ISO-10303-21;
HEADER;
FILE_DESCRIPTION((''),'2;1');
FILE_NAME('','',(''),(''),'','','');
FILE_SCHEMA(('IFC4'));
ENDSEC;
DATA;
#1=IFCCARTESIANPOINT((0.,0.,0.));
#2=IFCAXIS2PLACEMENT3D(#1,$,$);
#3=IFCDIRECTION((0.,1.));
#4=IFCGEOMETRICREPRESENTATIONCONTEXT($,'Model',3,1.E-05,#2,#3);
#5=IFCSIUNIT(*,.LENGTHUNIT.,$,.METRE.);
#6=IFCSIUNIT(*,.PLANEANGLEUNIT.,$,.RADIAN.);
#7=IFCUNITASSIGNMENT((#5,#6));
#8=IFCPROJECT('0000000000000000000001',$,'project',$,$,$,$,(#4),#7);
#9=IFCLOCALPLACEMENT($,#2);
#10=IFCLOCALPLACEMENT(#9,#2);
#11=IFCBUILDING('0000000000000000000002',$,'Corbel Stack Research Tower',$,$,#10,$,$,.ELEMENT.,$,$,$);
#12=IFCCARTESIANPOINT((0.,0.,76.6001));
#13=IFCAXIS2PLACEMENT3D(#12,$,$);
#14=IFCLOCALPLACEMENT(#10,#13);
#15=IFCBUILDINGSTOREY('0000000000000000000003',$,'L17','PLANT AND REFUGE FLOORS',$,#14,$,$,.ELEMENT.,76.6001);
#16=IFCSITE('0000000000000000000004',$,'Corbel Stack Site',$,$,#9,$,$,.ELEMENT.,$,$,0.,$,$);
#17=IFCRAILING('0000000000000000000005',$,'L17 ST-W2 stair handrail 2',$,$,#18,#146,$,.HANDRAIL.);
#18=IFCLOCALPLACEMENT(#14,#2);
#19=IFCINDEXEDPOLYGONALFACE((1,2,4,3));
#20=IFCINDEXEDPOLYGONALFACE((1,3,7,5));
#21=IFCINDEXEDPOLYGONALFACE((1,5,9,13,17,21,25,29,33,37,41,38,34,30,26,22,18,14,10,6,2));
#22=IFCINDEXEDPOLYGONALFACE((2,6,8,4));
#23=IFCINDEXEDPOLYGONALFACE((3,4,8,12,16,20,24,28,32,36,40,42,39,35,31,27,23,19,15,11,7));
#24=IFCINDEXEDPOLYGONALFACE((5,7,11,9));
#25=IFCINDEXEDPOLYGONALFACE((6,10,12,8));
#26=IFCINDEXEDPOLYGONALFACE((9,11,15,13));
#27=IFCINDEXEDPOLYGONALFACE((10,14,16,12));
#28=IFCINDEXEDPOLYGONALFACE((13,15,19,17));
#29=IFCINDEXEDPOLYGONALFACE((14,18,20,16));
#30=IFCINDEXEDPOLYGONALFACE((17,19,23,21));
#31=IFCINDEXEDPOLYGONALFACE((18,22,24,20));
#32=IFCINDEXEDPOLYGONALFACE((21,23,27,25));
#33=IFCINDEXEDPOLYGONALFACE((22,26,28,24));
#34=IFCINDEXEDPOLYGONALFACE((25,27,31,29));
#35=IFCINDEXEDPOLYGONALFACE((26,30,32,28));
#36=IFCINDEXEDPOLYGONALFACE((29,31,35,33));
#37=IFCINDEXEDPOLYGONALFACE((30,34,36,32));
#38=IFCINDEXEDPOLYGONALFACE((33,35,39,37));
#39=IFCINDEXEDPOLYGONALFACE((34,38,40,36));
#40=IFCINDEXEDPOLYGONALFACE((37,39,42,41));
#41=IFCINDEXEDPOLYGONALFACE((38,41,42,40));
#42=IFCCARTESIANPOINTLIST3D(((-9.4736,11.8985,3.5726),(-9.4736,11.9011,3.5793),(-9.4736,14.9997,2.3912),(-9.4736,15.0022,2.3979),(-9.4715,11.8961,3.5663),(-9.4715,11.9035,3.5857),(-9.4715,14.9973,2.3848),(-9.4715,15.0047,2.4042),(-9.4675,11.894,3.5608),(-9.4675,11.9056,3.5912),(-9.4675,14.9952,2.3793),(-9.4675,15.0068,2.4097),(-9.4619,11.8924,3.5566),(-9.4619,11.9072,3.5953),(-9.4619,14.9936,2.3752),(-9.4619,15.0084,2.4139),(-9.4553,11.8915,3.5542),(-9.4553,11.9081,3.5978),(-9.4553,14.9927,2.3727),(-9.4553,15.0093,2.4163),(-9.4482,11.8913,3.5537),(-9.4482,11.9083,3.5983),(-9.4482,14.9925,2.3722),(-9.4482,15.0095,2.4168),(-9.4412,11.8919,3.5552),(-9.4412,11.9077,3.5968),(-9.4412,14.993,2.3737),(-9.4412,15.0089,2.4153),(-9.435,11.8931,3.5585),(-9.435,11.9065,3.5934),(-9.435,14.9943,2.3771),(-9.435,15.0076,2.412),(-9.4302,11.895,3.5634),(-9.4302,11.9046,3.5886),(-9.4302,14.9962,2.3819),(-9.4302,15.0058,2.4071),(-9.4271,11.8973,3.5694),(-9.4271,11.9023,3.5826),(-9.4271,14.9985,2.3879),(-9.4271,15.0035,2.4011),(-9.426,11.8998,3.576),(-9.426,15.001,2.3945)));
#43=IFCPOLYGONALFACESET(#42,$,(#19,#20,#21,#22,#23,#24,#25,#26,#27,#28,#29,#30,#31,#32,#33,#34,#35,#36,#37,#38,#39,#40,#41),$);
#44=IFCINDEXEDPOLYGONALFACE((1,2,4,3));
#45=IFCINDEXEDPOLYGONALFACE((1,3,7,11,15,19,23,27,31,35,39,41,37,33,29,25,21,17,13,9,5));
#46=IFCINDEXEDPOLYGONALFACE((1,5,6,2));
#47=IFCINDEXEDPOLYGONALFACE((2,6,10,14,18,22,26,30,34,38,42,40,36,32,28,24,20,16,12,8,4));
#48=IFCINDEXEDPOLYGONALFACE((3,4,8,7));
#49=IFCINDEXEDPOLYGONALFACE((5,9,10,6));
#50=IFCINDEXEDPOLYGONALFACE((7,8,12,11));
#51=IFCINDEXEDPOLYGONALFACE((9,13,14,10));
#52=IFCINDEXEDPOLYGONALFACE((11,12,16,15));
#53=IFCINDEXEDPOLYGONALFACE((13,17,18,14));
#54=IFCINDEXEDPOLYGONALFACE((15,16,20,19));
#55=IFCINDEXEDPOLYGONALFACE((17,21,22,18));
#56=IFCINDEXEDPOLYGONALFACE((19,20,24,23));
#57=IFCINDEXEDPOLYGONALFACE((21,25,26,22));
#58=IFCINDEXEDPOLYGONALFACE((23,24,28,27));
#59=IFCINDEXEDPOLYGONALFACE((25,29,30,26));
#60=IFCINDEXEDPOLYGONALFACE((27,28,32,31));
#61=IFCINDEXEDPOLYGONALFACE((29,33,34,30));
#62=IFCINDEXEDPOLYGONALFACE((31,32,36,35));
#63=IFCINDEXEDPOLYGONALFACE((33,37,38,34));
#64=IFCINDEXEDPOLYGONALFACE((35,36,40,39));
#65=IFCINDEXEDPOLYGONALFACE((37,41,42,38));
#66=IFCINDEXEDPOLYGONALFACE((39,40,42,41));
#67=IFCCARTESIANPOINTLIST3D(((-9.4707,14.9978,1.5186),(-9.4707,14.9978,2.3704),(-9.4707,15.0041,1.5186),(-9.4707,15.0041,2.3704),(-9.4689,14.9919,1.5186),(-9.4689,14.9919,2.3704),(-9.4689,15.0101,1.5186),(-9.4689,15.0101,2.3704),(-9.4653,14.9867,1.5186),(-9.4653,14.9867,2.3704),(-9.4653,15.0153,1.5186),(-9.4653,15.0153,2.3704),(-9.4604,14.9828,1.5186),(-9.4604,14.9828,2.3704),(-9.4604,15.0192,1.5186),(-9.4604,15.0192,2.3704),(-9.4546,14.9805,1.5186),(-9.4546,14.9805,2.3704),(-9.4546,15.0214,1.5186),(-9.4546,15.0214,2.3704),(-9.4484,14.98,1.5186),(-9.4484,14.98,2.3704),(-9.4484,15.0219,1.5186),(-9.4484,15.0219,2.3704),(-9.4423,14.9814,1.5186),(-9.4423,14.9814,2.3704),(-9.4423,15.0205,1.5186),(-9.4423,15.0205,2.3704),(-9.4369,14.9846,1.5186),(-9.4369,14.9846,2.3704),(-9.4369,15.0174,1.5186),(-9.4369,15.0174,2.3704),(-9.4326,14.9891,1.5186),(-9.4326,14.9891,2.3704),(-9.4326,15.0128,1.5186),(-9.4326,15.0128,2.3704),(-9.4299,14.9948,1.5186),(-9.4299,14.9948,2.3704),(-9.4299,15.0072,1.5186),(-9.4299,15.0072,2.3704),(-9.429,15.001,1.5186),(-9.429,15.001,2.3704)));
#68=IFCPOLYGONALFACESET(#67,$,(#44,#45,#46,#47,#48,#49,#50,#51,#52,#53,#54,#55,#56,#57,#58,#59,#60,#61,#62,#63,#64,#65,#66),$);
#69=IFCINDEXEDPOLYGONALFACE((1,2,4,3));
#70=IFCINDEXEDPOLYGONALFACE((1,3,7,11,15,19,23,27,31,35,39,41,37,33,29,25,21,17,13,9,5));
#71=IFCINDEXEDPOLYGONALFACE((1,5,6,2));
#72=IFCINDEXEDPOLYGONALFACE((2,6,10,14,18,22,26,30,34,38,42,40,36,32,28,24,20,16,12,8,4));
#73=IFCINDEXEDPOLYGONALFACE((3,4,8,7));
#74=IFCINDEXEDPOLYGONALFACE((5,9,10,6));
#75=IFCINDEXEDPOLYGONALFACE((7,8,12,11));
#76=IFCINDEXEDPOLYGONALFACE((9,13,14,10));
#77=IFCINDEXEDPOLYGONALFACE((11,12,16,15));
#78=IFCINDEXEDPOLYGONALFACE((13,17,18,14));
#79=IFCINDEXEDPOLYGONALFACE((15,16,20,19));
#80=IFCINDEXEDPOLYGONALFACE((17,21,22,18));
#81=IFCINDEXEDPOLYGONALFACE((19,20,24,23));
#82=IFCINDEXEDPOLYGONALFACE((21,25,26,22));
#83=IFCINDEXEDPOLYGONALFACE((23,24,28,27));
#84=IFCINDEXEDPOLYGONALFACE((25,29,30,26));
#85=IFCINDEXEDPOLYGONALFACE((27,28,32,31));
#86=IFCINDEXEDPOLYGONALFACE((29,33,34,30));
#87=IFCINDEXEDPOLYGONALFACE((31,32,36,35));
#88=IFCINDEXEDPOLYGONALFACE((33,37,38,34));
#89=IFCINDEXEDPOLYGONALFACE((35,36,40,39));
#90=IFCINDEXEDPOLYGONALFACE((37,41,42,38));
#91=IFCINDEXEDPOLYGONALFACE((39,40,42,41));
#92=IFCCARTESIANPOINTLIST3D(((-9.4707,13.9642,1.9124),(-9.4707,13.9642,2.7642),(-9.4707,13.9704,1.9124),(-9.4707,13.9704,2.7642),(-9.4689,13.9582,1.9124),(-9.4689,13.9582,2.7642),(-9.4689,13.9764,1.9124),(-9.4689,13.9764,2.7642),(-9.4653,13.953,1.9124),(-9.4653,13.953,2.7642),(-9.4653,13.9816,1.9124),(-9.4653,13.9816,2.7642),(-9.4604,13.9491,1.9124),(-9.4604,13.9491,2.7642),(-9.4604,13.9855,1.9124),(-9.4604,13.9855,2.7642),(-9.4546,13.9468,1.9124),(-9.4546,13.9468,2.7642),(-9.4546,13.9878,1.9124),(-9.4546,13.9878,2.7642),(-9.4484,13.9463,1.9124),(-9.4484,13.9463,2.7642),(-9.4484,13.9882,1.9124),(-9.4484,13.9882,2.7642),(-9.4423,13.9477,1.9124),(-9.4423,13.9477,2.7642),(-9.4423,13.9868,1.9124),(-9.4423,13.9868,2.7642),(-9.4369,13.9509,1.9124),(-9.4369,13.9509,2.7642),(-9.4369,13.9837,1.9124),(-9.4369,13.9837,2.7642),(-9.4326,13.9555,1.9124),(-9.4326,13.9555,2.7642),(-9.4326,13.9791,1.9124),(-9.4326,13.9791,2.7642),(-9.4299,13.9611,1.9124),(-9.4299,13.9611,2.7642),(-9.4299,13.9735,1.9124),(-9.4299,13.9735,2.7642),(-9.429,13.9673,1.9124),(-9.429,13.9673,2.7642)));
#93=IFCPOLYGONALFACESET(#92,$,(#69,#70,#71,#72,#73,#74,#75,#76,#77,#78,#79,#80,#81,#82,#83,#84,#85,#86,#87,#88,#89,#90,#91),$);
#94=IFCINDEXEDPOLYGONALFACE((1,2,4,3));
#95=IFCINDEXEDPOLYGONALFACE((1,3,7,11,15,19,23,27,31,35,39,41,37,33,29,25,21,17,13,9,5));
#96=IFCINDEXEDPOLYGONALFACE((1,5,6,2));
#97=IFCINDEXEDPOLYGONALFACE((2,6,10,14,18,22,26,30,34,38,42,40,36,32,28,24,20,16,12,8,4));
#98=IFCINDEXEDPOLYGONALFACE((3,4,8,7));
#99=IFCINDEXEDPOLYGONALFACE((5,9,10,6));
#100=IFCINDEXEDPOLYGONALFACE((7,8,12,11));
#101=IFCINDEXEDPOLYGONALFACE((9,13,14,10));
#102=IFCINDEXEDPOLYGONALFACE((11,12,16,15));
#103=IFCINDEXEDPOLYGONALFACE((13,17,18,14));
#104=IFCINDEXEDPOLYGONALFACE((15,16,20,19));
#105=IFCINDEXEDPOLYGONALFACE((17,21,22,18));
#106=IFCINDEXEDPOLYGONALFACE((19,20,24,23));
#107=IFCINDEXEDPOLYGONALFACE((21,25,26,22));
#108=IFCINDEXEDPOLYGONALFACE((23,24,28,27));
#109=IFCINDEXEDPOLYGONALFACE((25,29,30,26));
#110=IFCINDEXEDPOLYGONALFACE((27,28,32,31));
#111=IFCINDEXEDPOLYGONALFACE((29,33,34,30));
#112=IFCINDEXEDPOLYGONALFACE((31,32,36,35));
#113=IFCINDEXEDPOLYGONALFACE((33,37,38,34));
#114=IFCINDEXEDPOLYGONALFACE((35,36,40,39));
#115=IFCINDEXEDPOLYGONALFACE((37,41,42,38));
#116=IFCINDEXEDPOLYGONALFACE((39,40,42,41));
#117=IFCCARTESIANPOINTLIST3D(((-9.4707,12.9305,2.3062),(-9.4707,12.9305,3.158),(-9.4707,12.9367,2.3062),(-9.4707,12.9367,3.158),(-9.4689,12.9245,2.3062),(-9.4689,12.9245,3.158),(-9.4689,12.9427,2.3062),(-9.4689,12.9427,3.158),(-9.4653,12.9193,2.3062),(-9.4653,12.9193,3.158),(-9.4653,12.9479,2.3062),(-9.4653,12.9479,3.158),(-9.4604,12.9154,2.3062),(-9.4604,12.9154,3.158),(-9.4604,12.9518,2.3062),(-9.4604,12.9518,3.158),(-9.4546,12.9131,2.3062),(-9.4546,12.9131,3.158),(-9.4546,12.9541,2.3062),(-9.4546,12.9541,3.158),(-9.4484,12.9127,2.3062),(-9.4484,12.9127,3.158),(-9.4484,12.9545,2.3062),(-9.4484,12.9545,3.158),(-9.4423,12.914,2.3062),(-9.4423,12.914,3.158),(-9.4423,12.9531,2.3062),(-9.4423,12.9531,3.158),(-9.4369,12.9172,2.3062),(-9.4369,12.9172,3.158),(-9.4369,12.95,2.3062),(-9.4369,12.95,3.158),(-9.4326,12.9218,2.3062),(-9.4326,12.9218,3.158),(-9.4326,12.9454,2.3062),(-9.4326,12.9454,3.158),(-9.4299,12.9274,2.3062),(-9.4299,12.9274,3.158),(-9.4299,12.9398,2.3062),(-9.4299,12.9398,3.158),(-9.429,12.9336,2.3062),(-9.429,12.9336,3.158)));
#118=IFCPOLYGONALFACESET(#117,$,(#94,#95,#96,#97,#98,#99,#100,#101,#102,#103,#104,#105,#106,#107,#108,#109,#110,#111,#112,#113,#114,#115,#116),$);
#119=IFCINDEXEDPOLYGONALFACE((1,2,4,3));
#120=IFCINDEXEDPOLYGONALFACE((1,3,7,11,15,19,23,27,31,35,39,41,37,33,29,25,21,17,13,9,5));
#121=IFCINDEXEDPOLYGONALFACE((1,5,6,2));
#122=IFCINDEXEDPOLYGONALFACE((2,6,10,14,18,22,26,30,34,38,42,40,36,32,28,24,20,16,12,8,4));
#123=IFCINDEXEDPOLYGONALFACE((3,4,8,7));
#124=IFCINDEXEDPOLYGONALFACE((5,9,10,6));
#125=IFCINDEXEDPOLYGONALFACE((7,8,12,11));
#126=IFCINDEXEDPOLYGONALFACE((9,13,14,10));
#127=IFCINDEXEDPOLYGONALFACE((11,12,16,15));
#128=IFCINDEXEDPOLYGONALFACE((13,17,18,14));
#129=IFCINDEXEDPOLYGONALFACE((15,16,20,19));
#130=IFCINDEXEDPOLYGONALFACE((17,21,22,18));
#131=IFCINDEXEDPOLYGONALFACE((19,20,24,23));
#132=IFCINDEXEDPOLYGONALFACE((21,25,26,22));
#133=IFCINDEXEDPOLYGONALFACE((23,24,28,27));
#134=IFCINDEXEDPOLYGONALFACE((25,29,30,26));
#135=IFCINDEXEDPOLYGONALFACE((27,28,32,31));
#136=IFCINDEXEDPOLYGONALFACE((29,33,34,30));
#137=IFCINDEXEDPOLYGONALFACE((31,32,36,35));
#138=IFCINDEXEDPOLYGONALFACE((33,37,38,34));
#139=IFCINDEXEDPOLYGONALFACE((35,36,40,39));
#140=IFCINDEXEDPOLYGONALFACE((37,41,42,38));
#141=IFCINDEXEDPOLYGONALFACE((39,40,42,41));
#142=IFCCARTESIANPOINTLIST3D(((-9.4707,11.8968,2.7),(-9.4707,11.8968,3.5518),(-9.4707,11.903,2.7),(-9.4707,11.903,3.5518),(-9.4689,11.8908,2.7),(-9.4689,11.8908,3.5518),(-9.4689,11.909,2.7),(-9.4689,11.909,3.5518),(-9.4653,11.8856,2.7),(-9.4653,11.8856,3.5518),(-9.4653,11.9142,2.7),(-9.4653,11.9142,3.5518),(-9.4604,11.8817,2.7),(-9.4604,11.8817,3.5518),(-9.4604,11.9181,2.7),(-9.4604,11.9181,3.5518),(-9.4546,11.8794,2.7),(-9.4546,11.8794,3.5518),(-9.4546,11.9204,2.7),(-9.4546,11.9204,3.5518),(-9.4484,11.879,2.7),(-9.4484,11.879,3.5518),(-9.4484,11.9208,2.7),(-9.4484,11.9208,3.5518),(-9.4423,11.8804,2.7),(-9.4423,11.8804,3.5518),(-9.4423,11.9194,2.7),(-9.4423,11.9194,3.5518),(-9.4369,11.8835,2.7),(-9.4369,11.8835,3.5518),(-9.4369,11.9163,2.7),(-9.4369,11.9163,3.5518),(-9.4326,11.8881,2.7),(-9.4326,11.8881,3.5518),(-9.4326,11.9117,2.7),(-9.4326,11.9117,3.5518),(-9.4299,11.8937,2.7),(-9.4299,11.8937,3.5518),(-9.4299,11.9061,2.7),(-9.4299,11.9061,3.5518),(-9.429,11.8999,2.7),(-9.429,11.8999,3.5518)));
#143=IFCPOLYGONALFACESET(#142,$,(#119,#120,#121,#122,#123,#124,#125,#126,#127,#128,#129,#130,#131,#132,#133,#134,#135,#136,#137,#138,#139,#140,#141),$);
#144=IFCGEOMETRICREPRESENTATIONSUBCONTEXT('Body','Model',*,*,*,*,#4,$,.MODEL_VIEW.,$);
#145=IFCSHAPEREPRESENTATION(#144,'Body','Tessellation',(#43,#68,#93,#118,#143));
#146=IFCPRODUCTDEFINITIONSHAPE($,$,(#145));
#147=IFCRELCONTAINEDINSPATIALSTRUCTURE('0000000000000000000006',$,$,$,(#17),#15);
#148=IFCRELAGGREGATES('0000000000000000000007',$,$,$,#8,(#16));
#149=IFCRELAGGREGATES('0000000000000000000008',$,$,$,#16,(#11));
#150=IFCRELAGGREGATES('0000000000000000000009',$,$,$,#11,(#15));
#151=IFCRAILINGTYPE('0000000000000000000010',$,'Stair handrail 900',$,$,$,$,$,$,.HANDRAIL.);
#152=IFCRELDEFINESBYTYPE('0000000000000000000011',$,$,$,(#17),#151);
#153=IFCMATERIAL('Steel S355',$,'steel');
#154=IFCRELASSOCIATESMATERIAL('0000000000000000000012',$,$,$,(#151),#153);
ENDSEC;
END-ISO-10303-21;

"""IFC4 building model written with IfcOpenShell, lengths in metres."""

from ifc_helpers import new_model, si_unit, direction, frame, origin, origin_2d, place, context, subcontext, project, spatial, circle, extrude, material, type_object, element, save


model = new_model("IFC4")

# Units and contexts
model_context = context("Model", 3, precision=1e-05, world=origin(), true_north=direction((0.0, 1.0)))
body_context = subcontext(model_context, "Body", "Model", "MODEL_VIEW")
ifc_project = project(units=[si_unit("LENGTHUNIT", "METRE"), si_unit("PLANEANGLEUNIT", "RADIAN")], contexts=[model_context])

# Site, building, storey
site_placement = place(None, origin())
site = spatial("IfcSite", under=ifc_project, at=site_placement, Name="Corbel Stack Site", CompositionType="ELEMENT", RefElevation=0.0)
building_placement = place(site_placement, origin())
building = spatial("IfcBuilding", under=site, at=building_placement, Name="Corbel Stack Research Tower", CompositionType="ELEMENT")
storey_placement = place(building_placement, frame((0.0, 0.0, 76.6001)))
storey = spatial("IfcBuildingStorey", under=building, at=storey_placement, Name="L17", Description="PLANT AND REFUGE FLOORS", CompositionType="ELEMENT", Elevation=76.6001)

# Railing
ifc_material_1 = material(Name="Steel S355", Category="steel")
railing_type_1 = type_object("IfcRailingType", Name="Stair handrail 900", PredefinedType="HANDRAIL", material=ifc_material_1)
railing_1_placement = place(storey_placement, frame((-9.45, 15.001, 1.5186)))
element("IfcRailing", 1, at=railing_1_placement, inside=storey, type_object=railing_type_1, Name="L17 ST-W2 stair handrail 2", PredefinedType="HANDRAIL", context=body_context, shape_type="SweptSolid", body=[
    extrude(circle(Radius=0.0239, at=origin_2d()), frame((0.0, 0.0, 0.876), z_axis=(0.0, -0.934484, 0.356005), x_axis=(1.0, 0.0, 0.0)), (0.0, 0.0, 1.0), 3.3186),
    extrude(circle(Radius=0.021, at=origin_2d()), origin(), (0.0, 0.0, 1.0), 0.8518),
    extrude(circle(Radius=0.021, at=origin_2d()), frame((0.0, -1.0337, 0.3938)), (0.0, 0.0, 1.0), 0.8518),
    extrude(circle(Radius=0.021, at=origin_2d()), frame((0.0, -2.0674, 0.7876)), (0.0, 0.0, 1.0), 0.8518),
    extrude(circle(Radius=0.021, at=origin_2d()), frame((0.0, -3.1011, 1.1814)), (0.0, 0.0, 1.0), 0.8518),
])

save(model, "model.ifc")
